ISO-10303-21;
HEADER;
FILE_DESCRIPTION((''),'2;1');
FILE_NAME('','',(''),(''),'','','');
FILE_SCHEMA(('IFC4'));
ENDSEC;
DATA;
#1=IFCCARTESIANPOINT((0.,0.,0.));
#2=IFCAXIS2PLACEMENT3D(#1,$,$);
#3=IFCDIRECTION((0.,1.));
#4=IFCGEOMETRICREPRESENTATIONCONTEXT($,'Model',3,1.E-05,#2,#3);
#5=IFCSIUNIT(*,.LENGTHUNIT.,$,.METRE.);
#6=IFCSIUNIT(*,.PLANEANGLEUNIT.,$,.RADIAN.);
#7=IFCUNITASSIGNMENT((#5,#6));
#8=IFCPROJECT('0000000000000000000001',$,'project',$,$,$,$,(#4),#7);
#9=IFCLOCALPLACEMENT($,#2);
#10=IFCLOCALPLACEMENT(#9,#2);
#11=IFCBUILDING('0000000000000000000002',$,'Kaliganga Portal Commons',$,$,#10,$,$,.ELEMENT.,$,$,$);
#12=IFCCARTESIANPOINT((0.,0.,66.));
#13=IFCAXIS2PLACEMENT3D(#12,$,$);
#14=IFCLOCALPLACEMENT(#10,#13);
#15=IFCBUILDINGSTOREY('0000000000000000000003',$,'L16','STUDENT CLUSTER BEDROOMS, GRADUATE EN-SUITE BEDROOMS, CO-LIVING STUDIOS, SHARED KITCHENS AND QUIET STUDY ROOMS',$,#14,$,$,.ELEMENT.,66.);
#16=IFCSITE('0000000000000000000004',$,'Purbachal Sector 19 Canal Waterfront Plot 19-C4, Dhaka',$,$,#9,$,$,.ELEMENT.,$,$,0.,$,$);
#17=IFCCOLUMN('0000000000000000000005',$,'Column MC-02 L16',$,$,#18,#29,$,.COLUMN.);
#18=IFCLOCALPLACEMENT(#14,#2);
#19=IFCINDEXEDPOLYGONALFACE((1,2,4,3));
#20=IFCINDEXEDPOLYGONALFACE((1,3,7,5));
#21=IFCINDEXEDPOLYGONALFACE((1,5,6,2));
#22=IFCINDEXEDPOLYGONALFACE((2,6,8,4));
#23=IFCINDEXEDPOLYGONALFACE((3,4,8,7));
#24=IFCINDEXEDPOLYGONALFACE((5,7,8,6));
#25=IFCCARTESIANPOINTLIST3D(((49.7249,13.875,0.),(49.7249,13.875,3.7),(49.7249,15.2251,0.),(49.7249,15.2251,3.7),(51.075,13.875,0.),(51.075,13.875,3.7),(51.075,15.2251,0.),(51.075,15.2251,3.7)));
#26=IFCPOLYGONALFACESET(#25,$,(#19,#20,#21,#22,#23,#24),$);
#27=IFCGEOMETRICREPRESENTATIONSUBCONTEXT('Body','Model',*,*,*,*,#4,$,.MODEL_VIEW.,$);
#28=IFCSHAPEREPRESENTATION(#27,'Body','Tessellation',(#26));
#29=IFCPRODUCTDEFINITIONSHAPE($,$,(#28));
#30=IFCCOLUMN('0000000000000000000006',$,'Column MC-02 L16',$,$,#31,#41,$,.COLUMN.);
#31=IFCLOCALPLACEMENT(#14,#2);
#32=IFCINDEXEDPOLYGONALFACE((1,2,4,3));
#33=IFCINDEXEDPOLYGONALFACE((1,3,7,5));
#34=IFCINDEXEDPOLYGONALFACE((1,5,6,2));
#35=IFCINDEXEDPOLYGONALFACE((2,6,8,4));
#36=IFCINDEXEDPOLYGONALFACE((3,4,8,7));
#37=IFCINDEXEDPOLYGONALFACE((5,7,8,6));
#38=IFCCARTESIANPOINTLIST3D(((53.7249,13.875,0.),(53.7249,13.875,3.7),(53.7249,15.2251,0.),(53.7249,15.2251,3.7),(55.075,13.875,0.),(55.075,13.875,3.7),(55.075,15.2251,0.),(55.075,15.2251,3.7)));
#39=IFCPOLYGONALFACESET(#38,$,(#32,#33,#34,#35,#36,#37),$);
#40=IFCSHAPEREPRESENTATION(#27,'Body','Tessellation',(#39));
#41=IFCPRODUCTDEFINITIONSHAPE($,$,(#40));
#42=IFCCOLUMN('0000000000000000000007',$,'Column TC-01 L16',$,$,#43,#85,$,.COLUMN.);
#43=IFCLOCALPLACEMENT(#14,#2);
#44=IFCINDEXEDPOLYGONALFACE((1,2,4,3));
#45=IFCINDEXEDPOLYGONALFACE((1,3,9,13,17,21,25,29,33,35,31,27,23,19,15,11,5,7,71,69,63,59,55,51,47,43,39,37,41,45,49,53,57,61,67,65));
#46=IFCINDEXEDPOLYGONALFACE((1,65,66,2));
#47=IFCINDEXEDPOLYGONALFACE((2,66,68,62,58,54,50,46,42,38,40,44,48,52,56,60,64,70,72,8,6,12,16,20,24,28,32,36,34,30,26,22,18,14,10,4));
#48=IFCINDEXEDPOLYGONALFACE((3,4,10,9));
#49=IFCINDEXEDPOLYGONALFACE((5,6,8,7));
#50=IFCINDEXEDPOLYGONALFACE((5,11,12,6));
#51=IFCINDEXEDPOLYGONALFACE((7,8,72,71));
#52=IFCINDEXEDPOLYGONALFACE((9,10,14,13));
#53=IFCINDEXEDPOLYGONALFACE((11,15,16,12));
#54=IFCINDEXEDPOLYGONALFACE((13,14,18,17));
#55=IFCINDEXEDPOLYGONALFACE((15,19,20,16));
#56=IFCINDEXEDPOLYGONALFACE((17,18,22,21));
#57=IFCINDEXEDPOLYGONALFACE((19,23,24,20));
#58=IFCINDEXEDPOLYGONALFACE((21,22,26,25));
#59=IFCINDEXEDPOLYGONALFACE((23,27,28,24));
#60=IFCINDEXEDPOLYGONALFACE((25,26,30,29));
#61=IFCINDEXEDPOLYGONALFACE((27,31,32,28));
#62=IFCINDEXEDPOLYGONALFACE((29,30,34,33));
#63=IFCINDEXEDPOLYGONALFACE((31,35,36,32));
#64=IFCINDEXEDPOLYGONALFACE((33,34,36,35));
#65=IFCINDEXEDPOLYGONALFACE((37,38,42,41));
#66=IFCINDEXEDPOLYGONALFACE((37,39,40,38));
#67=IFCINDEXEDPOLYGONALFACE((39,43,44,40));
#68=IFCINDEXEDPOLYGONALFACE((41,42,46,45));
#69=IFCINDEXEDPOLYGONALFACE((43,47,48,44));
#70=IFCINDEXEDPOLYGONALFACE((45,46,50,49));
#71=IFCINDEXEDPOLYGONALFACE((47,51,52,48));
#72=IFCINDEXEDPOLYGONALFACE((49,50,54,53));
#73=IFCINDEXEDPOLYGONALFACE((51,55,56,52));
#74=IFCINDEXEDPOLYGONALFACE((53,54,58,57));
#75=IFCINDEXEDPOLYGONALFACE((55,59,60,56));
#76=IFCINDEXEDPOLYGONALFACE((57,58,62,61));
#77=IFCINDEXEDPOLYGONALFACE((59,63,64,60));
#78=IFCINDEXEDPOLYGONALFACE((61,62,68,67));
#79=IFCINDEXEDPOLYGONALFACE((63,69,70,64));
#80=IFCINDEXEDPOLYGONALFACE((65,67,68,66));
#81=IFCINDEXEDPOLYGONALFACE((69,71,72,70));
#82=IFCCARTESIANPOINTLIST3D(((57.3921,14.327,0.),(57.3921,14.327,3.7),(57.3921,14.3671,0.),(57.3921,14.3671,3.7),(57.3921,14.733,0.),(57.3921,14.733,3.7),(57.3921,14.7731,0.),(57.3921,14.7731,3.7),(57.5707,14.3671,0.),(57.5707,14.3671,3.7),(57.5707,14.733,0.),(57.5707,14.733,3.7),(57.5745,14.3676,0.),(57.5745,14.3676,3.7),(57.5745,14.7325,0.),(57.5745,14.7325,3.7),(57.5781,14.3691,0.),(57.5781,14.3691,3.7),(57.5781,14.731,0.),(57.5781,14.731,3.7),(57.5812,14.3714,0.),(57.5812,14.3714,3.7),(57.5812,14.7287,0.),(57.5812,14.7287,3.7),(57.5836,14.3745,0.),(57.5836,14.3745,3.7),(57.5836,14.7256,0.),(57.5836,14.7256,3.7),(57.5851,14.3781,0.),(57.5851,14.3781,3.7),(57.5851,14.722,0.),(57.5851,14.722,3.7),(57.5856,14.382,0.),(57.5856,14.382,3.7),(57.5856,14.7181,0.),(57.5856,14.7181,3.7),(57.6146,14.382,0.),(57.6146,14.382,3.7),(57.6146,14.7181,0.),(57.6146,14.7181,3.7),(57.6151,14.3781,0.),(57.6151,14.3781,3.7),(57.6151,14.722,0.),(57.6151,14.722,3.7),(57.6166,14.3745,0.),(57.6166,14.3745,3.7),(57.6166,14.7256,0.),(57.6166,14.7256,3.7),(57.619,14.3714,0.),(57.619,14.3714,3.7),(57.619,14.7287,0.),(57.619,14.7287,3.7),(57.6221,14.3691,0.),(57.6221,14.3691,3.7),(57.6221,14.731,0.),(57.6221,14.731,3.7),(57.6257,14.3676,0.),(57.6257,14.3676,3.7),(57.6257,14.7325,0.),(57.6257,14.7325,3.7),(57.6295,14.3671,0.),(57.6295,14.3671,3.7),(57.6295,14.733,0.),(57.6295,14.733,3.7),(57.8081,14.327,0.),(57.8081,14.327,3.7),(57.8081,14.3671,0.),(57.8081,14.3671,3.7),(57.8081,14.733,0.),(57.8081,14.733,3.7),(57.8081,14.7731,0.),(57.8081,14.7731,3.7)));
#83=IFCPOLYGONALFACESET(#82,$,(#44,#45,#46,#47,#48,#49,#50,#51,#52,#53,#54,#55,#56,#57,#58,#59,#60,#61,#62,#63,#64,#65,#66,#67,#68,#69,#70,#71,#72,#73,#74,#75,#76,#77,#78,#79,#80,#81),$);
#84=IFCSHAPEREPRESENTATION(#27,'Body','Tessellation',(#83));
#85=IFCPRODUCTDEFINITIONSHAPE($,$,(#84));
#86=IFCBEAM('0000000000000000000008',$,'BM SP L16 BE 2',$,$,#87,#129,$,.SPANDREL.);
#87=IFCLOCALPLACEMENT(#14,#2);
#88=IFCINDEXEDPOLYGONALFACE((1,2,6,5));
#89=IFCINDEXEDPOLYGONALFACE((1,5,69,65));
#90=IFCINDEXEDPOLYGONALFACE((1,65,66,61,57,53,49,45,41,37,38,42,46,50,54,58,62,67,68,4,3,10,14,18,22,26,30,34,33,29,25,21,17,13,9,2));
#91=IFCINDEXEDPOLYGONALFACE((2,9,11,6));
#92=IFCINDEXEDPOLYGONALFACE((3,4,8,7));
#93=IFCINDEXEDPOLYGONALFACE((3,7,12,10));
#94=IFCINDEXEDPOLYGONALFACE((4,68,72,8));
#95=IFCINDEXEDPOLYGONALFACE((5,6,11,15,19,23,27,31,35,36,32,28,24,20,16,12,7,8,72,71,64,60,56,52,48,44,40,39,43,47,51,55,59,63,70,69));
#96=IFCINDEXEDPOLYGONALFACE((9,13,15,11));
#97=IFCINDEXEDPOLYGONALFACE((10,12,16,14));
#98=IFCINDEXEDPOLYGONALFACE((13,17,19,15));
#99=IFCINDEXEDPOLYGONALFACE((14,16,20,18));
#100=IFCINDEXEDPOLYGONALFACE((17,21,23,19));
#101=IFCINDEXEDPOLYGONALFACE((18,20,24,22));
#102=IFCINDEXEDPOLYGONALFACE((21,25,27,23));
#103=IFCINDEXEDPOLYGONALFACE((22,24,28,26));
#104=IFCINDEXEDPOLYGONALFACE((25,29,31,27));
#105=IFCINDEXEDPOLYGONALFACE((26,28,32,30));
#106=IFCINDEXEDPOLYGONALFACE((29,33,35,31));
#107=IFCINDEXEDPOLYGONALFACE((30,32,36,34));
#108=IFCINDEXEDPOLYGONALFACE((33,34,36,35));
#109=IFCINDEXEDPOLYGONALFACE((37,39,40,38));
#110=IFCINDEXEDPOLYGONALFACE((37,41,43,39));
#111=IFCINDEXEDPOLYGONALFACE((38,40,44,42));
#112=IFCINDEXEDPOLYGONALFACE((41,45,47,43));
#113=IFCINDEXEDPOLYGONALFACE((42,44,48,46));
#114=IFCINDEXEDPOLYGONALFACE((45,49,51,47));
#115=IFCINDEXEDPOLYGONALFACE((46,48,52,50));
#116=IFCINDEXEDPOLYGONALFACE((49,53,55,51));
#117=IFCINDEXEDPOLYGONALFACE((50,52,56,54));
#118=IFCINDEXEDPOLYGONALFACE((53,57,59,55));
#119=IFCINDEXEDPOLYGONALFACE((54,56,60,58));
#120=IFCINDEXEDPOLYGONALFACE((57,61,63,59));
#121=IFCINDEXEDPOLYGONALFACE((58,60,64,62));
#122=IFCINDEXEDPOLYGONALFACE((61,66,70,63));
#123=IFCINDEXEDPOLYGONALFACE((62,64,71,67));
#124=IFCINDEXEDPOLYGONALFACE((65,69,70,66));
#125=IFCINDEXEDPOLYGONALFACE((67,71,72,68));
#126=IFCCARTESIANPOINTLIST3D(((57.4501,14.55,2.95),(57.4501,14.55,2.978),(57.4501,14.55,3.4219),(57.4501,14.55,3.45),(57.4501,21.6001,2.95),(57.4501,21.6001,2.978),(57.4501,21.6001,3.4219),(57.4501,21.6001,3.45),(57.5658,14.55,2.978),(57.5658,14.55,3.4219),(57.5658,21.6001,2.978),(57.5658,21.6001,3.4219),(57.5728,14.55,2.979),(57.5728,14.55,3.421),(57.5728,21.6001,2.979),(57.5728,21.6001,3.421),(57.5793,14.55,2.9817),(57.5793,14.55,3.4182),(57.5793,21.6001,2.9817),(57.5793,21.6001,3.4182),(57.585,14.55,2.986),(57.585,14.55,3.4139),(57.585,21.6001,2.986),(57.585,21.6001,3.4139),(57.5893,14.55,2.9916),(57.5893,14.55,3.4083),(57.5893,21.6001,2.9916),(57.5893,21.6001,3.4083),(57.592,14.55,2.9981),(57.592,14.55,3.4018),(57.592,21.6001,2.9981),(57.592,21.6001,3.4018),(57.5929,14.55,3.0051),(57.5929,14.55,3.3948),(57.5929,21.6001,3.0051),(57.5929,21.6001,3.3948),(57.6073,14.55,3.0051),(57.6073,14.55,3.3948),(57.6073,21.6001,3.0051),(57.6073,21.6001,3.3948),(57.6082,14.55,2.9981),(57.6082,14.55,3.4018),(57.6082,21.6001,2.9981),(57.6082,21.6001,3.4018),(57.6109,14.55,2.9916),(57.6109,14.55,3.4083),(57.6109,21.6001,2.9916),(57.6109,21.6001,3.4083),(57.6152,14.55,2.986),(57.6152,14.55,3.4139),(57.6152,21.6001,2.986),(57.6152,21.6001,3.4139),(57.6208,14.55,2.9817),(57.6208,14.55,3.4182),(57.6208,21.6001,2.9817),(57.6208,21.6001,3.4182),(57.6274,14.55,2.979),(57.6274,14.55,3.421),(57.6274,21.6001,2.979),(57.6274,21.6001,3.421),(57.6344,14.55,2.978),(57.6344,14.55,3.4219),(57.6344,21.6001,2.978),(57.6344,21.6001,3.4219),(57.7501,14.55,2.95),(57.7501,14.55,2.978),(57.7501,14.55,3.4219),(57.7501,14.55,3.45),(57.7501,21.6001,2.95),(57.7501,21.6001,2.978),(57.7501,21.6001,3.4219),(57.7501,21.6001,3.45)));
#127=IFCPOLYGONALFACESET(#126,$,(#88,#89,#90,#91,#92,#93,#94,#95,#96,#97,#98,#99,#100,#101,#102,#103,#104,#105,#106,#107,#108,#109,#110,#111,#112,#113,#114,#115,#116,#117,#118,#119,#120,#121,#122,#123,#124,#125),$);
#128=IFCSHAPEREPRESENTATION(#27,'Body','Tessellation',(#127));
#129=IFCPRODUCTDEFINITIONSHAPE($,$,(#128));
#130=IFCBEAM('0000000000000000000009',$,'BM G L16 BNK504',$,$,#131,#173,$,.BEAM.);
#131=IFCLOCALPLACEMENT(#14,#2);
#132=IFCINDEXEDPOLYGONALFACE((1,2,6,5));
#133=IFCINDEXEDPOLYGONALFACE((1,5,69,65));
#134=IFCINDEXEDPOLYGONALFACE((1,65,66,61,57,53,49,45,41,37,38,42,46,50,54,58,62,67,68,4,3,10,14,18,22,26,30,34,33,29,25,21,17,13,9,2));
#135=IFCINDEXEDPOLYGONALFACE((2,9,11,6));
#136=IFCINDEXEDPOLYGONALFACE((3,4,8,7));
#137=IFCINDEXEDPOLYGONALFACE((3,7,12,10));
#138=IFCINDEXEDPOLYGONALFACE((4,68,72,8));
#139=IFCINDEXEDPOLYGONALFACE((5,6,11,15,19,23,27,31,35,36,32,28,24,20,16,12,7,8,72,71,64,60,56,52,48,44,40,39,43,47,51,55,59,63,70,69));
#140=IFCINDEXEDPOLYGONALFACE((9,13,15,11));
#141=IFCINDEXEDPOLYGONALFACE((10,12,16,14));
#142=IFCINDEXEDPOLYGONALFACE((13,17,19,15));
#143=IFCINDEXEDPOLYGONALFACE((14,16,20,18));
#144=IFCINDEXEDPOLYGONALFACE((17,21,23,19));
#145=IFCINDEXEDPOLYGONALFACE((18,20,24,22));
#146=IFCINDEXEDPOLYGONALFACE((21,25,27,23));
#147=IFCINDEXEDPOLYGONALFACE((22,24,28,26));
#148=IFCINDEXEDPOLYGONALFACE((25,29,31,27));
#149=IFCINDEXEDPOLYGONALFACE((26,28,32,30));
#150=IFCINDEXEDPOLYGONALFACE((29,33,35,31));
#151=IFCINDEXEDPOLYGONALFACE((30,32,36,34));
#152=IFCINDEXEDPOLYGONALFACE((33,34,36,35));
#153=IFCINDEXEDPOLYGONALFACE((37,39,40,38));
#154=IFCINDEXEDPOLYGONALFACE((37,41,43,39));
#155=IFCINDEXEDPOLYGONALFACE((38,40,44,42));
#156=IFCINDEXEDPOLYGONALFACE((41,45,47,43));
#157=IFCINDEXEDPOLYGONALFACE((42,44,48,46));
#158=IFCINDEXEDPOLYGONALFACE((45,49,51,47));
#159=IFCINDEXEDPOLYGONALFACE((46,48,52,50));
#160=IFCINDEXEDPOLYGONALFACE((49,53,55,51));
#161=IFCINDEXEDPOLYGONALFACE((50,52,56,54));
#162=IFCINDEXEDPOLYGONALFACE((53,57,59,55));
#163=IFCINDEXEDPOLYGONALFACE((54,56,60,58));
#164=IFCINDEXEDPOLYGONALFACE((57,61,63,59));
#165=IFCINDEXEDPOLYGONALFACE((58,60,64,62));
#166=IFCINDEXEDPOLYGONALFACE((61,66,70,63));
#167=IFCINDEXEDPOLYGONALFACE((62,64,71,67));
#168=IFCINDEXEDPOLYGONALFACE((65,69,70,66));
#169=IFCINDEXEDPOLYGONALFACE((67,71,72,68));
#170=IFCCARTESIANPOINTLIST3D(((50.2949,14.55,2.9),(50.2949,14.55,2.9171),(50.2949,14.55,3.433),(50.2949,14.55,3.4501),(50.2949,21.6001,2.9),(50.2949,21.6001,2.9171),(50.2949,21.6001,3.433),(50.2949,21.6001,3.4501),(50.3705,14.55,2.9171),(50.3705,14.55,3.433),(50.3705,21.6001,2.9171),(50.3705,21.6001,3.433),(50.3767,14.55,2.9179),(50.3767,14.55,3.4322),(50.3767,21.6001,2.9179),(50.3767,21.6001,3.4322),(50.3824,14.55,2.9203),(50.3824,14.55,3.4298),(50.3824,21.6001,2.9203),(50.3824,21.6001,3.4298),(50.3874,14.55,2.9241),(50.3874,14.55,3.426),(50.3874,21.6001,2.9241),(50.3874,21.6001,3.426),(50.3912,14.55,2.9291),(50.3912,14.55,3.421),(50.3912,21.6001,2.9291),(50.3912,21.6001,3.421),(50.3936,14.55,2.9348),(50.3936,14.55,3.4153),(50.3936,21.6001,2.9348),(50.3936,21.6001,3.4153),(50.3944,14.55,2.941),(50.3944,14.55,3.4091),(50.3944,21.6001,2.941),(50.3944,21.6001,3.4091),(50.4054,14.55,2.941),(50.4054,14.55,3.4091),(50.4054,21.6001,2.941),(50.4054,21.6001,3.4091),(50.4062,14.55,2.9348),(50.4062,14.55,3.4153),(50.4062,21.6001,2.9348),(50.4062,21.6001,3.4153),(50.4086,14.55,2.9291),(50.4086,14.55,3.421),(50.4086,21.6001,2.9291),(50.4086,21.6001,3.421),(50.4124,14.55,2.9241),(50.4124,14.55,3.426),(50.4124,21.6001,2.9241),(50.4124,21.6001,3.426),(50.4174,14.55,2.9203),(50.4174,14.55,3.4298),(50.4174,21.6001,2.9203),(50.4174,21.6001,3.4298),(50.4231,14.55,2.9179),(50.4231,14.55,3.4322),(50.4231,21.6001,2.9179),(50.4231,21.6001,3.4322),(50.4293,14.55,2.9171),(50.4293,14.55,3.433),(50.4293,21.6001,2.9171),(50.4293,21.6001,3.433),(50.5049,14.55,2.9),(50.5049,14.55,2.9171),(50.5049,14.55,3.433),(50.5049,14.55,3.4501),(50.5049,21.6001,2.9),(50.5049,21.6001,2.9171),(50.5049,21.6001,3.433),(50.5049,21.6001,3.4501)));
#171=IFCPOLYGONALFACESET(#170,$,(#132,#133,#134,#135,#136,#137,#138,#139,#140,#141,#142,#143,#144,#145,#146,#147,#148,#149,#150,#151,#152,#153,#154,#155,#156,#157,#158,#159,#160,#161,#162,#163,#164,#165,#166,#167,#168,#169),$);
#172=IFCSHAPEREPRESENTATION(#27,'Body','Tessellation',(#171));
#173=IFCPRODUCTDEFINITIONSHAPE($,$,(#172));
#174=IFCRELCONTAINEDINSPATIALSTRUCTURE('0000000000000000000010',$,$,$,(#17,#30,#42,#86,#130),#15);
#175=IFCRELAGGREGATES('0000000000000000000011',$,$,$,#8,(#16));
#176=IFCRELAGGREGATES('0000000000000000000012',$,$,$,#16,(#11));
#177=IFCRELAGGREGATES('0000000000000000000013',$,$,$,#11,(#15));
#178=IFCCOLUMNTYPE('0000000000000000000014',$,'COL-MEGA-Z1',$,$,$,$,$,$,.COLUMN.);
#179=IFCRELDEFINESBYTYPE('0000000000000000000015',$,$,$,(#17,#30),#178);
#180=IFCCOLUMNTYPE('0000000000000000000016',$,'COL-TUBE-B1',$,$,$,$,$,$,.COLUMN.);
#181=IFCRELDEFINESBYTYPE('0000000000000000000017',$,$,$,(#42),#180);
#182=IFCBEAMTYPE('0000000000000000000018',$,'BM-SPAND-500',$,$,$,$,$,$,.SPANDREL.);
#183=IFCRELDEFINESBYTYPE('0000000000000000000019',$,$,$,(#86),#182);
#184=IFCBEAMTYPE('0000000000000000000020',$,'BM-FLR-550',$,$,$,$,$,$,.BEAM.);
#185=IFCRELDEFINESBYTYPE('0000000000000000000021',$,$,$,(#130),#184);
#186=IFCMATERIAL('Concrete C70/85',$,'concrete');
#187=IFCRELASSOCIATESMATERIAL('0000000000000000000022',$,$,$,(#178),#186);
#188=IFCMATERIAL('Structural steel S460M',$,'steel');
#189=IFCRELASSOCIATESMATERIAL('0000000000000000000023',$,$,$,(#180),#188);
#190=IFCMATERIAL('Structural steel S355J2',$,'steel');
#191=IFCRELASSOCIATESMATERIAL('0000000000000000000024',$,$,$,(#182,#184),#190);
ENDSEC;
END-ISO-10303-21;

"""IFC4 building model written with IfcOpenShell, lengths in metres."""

from ifc_helpers import new_model, si_unit, direction, frame, origin, origin_2d, place, context, subcontext, project, spatial, rectangle, i_section, extrude, source, transform, mapped, material, material_profile, profile_set, type_object, element, save


model = new_model("IFC4")

# Units and contexts
model_context = context("Model", 3, precision=1e-05, world=origin(), true_north=direction((0.0, 1.0)))
body_context = subcontext(model_context, "Body", "Model", "MODEL_VIEW")
ifc_project = project(units=[si_unit("LENGTHUNIT", "METRE"), si_unit("PLANEANGLEUNIT", "RADIAN")], contexts=[model_context])

# Site, building, storey
site_placement = place(None, origin())
site = spatial("IfcSite", under=ifc_project, at=site_placement, Name="Purbachal Sector 19 Canal Waterfront Plot 19-C4, Dhaka", CompositionType="ELEMENT", RefElevation=0.0)
building_placement = place(site_placement, origin())
building = spatial("IfcBuilding", under=site, at=building_placement, Name="Kaliganga Portal Commons", CompositionType="ELEMENT")
storey_placement = place(building_placement, frame((0.0, 0.0, 66.0)))
storey = spatial("IfcBuildingStorey", under=building, at=storey_placement, Name="L16", Description="STUDENT CLUSTER BEDROOMS, GRADUATE EN-SUITE BEDROOMS, CO-LIVING STUDIOS, SHARED KITCHENS AND QUIET STUDY ROOMS", CompositionType="ELEMENT", Elevation=66.0)

# Columns
ifc_material_1 = material(Name="Concrete C70/85", Category="concrete")
ifc_material_profile_1 = material_profile(ifc_material_1, rectangle(XDim=1.3501, YDim=1.3501, at=origin_2d()), Name="RC 1350x1350")
ifc_profile_set_1 = profile_set([ifc_material_profile_1], Name="Concrete C70/85")
column_type_1 = type_object("IfcColumnType", Name="COL-MEGA-Z1", PredefinedType="COLUMN", material=ifc_profile_set_1)
shared_shape_1 = source(origin(), body_context, "Body", "SweptSolid", [
    extrude(rectangle(XDim=1.3501, YDim=1.3501, at=origin_2d()), origin(), (0.0, 0.0, 1.0), 3.7),
])
for number, where, z_axis, x_axis, name in (
    (1, (50.3999, 14.55, 0.0), (0.0, 0.0, 1.0), (1.0, 0.0, 0.0), "Column MC-02 L16"),
    (2, (54.3999, 14.55, 0.0), (0.0, 0.0, 1.0), (1.0, 0.0, 0.0), "Column MC-02 L16"),
):
    element("IfcColumn", number, at=place(storey_placement, frame(where, z_axis=z_axis, x_axis=x_axis)), inside=storey, type_object=column_type_1, Name=name, PredefinedType="COLUMN", context=body_context, shape_type="MappedRepresentation", body=[
        mapped(shared_shape_1, transform((0.0, 0.0, 0.0), x_axis=(1.0, 0.0, 0.0), y_axis=(0.0, 1.0, 0.0), z_axis=(0.0, 0.0, 1.0), scale=1.0)),
    ])
ifc_material_2 = material(Name="Structural steel S460M", Category="steel")
ifc_material_profile_2 = material_profile(ifc_material_2, i_section(OverallWidth=0.416, OverallDepth=0.446, WebThickness=0.0291, FlangeThickness=0.04, FilletRadius=0.0149, at=origin_2d()), Name="HD 400x509")
ifc_profile_set_2 = profile_set([ifc_material_profile_2], Name="Structural steel S460M wide-flange")
column_type_2 = type_object("IfcColumnType", Name="COL-TUBE-B1", PredefinedType="COLUMN", material=ifc_profile_set_2)
shared_shape_2 = source(origin(), body_context, "Body", "SweptSolid", [
    extrude(i_section(OverallWidth=0.416, OverallDepth=0.446, WebThickness=0.0291, FlangeThickness=0.04, FilletRadius=0.0149, at=origin_2d()), origin(), (0.0, 0.0, 1.0), 3.7),
])
column_placement = place(storey_placement, frame((57.6001, 14.55, 0.0), z_axis=(0.0, 0.0, 1.0), x_axis=(1.0, 0.0, 0.0)))
element("IfcColumn", 3, at=column_placement, inside=storey, type_object=column_type_2, Name="Column TC-01 L16", PredefinedType="COLUMN", context=body_context, shape_type="MappedRepresentation", body=[
    mapped(shared_shape_2, transform((0.0, 0.0, 0.0), x_axis=(1.0, 0.0, 0.0), y_axis=(0.0, 1.0, 0.0), z_axis=(0.0, 0.0, 1.0), scale=1.0)),
])

# Beams
ifc_material_3 = material(Name="Structural steel S355J2", Category="steel")
ifc_material_profile_3 = material_profile(ifc_material_3, i_section(OverallWidth=0.3, OverallDepth=0.5, WebThickness=0.0144, FlangeThickness=0.0281, FilletRadius=0.0271, at=origin_2d()), Name="HE 500 B")
ifc_profile_set_3 = profile_set([ifc_material_profile_3], Name="Structural steel S355J2 wide-flange")
beam_type_1 = type_object("IfcBeamType", Name="BM-SPAND-500", PredefinedType="SPANDREL", material=ifc_profile_set_3)
shared_shape_3 = source(origin(), body_context, "Body", "SweptSolid", [
    extrude(i_section(OverallWidth=0.3, OverallDepth=0.5, WebThickness=0.0144, FlangeThickness=0.0281, FilletRadius=0.0271, at=origin_2d()), origin(), (0.0, 0.0, 1.0), 7.05),
])
beam_1_placement = place(storey_placement, frame((57.6001, 14.55, 3.2), z_axis=(0.0, 1.0, 0.0), x_axis=(-1.0, 0.0, 0.0)))
element("IfcBeam", 4, at=beam_1_placement, inside=storey, type_object=beam_type_1, Name="BM SP L16 BE 2", PredefinedType="SPANDREL", context=body_context, shape_type="MappedRepresentation", body=[
    mapped(shared_shape_3, transform((0.0, 0.0, 0.0), x_axis=(1.0, 0.0, 0.0), y_axis=(0.0, 1.0, 0.0), z_axis=(0.0, 0.0, 1.0), scale=1.0)),
])
ifc_material_profile_4 = material_profile(ifc_material_3, i_section(OverallWidth=0.21, OverallDepth=0.55, WebThickness=0.011, FlangeThickness=0.0171, FilletRadius=0.0239, at=origin_2d()), Name="IPE 550")
ifc_profile_set_4 = profile_set([ifc_material_profile_4], Name="Structural steel S355J2 wide-flange")
beam_type_2 = type_object("IfcBeamType", Name="BM-FLR-550", PredefinedType="BEAM", material=ifc_profile_set_4)
shared_shape_4 = source(origin(), body_context, "Body", "SweptSolid", [
    extrude(i_section(OverallWidth=0.21, OverallDepth=0.55, WebThickness=0.011, FlangeThickness=0.0171, FilletRadius=0.0239, at=origin_2d()), origin(), (0.0, 0.0, 1.0), 7.05),
])
for number, where, z_axis, x_axis, name in (
    (5, (50.3999, 14.55, 3.175), (0.0, 1.0, 0.0), (-1.0, 0.0, 0.0), "BM G L16 BNK504"),
):
    element("IfcBeam", number, at=place(storey_placement, frame(where, z_axis=z_axis, x_axis=x_axis)), inside=storey, type_object=beam_type_2, Name=name, PredefinedType="BEAM", context=body_context, shape_type="MappedRepresentation", body=[
        mapped(shared_shape_4, transform((0.0, 0.0, 0.0), x_axis=(1.0, 0.0, 0.0), y_axis=(0.0, 1.0, 0.0), z_axis=(0.0, 0.0, 1.0), scale=1.0)),
    ])

save(model, "model.ifc")
